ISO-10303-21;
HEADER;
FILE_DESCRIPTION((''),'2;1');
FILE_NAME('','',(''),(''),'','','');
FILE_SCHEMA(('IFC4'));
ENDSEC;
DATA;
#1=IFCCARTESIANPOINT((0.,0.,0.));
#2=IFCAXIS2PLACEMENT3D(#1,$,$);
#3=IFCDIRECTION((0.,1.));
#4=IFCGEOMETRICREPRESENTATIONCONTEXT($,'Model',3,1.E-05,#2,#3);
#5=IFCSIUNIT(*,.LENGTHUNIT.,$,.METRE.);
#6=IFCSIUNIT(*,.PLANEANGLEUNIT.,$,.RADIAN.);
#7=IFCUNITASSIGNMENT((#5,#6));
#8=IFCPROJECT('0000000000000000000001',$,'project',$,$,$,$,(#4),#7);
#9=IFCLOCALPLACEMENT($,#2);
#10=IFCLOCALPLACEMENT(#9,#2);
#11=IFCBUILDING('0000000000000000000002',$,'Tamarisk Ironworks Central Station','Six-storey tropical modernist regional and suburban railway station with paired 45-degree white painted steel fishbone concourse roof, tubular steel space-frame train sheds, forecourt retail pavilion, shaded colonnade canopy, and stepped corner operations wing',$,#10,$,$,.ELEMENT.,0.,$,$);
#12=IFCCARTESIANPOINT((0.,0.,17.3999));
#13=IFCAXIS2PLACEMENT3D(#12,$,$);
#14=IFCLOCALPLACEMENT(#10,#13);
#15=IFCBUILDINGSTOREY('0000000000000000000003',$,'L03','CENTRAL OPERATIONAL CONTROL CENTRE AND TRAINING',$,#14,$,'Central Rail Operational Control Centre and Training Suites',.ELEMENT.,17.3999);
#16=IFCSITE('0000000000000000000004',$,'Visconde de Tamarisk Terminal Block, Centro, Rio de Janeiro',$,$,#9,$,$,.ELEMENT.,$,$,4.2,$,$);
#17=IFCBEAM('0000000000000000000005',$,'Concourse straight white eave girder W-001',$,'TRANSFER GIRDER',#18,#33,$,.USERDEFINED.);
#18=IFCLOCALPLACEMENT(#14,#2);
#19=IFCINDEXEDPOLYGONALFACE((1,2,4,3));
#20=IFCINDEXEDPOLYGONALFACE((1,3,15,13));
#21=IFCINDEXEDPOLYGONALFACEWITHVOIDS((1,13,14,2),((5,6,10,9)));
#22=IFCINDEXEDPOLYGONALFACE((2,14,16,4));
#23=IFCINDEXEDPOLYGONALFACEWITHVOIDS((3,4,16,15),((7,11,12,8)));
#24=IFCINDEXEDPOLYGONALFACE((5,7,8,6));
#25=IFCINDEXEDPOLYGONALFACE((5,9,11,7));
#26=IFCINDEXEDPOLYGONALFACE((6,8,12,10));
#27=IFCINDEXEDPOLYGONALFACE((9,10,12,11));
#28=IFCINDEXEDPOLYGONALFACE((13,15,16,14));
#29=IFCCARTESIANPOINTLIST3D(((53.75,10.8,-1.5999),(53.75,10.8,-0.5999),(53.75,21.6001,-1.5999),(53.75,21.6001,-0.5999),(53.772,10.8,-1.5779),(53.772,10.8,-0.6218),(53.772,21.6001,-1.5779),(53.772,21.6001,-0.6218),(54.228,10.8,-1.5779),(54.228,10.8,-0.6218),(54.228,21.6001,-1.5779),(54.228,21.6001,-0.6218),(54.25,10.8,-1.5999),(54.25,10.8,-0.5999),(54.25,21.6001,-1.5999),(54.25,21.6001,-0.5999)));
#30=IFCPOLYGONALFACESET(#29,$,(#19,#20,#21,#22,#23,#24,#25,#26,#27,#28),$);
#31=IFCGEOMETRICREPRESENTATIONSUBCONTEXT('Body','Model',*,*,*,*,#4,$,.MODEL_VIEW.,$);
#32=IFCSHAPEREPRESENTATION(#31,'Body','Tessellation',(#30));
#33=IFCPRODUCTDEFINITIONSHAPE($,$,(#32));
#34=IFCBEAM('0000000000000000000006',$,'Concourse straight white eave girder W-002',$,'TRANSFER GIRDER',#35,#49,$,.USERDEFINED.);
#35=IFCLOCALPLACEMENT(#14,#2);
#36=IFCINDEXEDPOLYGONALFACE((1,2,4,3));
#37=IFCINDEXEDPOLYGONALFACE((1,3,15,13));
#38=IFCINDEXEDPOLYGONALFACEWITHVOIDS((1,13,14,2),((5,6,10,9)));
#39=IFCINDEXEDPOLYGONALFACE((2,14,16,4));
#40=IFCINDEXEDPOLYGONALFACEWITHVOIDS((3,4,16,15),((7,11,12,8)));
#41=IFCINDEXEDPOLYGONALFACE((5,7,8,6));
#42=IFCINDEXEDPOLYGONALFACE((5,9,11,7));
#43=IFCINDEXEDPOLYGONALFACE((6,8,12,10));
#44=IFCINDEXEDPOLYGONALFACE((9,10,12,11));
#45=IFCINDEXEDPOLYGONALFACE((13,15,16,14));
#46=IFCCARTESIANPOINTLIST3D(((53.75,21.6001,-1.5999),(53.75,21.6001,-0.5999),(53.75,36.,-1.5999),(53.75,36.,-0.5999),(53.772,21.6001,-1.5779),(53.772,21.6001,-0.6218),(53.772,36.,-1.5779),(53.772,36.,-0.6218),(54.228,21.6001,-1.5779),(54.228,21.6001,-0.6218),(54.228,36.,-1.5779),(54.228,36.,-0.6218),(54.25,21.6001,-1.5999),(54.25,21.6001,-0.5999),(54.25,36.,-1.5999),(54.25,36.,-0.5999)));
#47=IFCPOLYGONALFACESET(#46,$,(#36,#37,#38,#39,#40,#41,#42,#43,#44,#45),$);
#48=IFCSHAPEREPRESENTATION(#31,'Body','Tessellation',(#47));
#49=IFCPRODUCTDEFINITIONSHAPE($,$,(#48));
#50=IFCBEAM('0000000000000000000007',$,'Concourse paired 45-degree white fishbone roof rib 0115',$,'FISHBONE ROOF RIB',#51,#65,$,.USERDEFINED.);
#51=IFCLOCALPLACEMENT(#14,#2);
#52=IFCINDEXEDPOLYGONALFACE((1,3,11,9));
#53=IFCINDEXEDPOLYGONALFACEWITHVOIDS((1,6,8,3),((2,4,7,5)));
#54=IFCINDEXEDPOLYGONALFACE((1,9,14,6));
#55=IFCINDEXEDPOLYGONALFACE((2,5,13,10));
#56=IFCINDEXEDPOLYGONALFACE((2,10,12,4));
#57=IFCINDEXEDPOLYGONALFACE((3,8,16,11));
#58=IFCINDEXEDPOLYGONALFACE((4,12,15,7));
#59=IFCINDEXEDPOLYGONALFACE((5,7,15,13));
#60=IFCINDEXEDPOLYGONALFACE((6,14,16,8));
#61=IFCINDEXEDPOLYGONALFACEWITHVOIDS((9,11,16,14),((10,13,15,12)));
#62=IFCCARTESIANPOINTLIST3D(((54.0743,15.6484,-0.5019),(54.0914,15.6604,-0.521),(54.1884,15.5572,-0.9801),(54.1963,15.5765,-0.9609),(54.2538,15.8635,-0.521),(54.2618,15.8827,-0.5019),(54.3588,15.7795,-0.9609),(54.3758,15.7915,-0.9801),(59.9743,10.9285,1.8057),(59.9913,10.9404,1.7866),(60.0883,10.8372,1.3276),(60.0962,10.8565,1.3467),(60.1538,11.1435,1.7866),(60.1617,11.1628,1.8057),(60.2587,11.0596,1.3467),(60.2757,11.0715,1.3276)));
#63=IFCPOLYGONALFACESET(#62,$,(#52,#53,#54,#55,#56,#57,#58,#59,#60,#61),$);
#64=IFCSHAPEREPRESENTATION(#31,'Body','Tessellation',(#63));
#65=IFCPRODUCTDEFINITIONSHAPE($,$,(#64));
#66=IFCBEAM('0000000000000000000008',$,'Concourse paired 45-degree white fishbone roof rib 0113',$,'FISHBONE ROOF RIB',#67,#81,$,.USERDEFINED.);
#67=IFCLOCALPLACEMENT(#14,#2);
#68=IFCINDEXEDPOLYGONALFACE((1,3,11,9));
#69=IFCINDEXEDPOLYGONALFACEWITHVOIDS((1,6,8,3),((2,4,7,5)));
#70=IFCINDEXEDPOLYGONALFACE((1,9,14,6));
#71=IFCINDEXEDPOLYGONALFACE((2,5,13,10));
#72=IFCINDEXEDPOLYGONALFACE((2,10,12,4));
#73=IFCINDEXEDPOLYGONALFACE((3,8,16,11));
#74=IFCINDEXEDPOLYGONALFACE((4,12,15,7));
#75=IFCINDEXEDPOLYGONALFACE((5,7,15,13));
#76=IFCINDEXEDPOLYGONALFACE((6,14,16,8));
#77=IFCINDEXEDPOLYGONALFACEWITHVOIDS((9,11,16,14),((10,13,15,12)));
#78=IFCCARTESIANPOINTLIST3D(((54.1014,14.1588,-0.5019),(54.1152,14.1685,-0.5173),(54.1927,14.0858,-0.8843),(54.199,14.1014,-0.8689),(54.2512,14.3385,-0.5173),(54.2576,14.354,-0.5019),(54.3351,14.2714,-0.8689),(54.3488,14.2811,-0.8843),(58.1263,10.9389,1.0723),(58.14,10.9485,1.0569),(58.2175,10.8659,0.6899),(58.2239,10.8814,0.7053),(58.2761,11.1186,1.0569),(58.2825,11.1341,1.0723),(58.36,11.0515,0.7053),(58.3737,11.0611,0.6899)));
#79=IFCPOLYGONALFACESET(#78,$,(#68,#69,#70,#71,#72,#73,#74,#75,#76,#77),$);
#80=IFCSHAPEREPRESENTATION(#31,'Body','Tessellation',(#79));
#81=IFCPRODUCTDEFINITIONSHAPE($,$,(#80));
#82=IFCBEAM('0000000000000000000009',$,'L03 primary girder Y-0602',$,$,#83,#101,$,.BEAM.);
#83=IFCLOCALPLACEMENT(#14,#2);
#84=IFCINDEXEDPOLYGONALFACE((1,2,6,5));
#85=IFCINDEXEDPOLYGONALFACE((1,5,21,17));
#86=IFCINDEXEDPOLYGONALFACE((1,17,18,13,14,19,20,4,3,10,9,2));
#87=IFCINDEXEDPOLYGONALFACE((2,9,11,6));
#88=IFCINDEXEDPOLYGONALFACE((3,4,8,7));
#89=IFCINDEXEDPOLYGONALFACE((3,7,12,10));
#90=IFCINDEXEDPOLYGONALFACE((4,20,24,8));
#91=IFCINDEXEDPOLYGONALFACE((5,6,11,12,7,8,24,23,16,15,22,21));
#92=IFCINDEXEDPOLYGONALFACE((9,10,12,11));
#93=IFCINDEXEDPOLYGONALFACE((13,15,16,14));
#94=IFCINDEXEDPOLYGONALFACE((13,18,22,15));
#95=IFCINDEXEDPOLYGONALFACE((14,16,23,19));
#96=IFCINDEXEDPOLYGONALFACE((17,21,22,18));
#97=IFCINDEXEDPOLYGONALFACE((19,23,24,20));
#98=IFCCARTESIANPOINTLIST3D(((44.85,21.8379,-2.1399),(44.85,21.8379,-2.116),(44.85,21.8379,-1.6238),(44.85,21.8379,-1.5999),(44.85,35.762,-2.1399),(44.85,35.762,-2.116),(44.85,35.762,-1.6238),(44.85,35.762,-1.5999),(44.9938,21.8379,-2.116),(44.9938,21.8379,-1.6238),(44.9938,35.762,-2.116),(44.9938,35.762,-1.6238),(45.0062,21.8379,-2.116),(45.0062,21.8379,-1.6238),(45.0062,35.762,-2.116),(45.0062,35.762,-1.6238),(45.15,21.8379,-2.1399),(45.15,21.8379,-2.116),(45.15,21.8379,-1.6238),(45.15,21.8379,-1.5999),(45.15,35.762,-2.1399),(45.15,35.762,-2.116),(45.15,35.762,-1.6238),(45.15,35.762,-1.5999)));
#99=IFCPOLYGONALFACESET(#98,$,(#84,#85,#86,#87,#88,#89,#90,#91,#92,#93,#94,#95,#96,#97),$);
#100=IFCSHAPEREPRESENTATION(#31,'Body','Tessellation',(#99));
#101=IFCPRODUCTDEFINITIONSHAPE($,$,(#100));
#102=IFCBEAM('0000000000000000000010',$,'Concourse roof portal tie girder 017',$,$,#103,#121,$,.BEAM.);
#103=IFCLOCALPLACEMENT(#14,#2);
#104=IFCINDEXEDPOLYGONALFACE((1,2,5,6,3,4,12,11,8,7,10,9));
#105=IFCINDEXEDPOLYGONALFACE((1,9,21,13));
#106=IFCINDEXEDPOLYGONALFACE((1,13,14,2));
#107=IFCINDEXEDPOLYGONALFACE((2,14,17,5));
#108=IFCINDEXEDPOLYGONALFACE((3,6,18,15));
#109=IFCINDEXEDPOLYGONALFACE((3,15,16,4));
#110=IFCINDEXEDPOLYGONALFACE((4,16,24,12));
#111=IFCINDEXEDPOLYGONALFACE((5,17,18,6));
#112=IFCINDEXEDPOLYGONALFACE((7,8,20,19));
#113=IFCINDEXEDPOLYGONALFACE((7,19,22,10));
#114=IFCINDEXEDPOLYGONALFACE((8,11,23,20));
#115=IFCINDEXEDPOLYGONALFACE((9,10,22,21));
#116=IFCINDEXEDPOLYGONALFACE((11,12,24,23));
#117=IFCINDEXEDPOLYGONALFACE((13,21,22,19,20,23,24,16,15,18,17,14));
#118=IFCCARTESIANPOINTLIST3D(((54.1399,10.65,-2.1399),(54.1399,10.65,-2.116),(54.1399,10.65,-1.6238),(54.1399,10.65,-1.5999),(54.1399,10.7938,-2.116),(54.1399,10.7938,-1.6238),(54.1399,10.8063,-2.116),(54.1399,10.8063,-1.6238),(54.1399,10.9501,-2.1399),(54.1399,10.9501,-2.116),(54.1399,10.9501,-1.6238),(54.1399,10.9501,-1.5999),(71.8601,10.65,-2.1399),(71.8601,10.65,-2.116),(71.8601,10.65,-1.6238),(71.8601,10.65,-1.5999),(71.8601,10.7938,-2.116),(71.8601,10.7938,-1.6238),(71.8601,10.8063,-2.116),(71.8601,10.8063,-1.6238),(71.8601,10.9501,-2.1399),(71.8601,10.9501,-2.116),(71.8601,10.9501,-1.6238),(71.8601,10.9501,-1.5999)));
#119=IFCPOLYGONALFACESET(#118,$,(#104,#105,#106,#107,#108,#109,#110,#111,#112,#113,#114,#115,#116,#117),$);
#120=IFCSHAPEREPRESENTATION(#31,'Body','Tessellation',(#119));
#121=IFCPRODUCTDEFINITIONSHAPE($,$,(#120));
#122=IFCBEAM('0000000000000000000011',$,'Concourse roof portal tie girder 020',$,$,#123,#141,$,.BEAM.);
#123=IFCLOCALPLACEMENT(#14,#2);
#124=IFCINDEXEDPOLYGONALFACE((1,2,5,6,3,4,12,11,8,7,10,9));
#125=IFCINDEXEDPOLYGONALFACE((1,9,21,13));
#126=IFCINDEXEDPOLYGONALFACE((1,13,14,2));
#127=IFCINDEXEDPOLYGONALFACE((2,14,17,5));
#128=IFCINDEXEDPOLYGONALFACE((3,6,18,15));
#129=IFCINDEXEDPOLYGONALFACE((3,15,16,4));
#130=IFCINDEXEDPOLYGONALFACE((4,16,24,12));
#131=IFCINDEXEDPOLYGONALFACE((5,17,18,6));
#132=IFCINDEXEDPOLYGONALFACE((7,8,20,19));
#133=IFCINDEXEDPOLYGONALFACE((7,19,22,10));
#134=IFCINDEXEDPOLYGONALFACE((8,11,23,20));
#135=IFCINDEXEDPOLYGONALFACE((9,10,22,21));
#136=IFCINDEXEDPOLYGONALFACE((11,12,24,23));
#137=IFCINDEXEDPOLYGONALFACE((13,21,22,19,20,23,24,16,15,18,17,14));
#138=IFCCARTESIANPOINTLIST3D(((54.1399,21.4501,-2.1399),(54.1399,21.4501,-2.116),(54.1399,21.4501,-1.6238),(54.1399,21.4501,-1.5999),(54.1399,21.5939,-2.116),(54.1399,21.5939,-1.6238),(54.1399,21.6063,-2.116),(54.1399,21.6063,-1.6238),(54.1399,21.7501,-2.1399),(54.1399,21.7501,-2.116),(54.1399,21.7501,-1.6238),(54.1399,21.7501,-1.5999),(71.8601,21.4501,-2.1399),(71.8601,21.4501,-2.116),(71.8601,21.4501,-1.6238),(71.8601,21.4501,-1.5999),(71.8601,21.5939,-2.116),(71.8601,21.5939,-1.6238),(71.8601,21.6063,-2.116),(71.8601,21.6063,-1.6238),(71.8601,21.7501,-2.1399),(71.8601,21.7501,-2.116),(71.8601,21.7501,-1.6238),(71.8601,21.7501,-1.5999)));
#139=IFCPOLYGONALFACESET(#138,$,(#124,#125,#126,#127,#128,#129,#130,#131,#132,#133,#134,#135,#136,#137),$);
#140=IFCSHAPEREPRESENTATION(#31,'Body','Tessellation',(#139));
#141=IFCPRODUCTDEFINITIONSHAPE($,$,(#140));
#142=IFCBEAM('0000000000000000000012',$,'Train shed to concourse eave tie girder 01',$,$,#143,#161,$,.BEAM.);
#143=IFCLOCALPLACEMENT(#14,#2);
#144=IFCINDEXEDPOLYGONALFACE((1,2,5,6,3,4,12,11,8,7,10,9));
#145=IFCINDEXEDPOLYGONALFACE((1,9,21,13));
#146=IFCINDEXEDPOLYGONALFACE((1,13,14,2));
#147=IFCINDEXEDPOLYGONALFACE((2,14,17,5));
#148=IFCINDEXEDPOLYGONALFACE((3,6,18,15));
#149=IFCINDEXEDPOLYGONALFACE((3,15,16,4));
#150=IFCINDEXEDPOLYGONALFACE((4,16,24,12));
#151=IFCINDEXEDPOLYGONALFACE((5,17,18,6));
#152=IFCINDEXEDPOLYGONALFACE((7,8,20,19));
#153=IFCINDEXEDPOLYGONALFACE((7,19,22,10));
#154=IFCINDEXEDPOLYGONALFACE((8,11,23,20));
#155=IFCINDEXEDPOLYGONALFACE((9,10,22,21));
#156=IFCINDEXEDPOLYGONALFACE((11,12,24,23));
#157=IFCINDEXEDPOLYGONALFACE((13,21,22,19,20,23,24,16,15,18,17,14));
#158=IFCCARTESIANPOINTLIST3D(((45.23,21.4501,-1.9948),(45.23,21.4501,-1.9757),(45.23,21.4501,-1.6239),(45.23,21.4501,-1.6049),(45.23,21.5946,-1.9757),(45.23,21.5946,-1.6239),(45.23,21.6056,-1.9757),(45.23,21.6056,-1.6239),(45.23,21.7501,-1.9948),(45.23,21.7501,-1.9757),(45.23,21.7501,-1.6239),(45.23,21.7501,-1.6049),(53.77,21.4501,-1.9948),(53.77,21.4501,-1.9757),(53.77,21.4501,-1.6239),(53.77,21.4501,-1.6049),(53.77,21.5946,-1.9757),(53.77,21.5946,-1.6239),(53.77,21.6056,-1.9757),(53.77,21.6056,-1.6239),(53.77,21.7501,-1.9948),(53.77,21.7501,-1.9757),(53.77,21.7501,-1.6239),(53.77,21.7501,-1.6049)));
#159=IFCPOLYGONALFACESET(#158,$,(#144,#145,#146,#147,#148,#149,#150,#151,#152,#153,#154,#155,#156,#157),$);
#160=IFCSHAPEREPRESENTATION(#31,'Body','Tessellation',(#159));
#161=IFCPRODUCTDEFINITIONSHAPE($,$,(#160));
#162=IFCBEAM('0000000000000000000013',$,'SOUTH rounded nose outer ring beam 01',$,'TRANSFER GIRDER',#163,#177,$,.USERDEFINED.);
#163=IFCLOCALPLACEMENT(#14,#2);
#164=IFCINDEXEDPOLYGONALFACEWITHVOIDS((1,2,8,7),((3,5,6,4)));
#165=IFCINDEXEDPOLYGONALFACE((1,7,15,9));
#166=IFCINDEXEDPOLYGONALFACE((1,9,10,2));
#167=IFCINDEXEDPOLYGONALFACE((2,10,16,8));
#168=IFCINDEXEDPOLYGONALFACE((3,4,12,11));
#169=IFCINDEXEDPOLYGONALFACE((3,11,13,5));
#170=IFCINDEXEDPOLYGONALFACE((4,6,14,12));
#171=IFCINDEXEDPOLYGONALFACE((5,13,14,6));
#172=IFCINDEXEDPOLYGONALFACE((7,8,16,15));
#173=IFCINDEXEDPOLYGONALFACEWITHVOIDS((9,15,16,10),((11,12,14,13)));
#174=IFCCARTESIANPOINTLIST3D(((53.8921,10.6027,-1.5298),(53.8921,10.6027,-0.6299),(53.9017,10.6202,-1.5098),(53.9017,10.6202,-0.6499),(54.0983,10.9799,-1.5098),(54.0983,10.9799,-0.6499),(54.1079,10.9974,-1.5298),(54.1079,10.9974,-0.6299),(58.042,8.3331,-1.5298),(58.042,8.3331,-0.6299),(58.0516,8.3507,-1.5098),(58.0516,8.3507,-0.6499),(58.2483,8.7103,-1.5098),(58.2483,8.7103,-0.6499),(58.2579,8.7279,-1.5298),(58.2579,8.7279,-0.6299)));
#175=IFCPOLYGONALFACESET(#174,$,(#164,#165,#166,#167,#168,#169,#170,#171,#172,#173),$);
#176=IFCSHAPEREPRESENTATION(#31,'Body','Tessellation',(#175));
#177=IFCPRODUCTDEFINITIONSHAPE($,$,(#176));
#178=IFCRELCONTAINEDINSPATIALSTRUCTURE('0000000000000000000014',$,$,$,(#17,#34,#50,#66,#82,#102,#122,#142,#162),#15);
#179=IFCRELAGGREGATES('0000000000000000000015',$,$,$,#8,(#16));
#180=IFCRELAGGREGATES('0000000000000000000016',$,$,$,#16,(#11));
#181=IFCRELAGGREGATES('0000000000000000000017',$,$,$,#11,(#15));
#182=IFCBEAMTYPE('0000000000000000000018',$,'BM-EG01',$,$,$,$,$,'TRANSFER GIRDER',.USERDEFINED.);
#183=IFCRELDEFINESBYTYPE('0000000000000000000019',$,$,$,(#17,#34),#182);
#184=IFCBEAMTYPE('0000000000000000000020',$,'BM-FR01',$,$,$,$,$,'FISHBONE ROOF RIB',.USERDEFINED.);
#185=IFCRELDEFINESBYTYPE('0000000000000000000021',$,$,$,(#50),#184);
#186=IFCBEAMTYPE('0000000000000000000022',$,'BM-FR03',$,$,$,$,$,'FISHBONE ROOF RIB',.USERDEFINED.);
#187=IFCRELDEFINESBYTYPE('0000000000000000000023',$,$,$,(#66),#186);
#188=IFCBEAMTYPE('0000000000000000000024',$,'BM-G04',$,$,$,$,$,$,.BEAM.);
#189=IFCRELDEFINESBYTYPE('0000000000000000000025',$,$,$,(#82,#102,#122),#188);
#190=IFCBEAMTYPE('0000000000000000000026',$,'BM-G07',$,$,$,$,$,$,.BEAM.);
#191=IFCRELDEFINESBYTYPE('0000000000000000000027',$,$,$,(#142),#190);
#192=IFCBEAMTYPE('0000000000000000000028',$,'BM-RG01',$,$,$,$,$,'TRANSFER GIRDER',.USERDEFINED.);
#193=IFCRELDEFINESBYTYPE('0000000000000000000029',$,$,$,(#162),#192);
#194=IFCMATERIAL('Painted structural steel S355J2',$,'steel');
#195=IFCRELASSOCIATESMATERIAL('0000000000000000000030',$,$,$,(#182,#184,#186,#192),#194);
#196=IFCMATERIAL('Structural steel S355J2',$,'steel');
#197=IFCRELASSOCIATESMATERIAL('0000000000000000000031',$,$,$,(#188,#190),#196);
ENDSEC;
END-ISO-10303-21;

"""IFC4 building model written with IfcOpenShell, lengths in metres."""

from ifc_helpers import new_model, si_unit, direction, frame, origin, origin_2d, place, context, subcontext, project, spatial, hollow_rectangle, i_section, extrude, material, material_profile, profile_set, type_object, element, save


model = new_model("IFC4")

# Units and contexts
model_context = context("Model", 3, precision=1e-05, world=origin(), true_north=direction((0.0, 1.0)))
body_context = subcontext(model_context, "Body", "Model", "MODEL_VIEW")
ifc_project = project(units=[si_unit("LENGTHUNIT", "METRE"), si_unit("PLANEANGLEUNIT", "RADIAN")], contexts=[model_context])

# Site, building, storey
site_placement = place(None, origin())
site = spatial("IfcSite", under=ifc_project, at=site_placement, Name="Visconde de Tamarisk Terminal Block, Centro, Rio de Janeiro", CompositionType="ELEMENT", RefElevation=4.2)
building_placement = place(site_placement, origin())
building = spatial("IfcBuilding", under=site, at=building_placement, Name="Tamarisk Ironworks Central Station", Description="Six-storey tropical modernist regional and suburban railway station with paired 45-degree white painted steel fishbone concourse roof, tubular steel space-frame train sheds, forecourt retail pavilion, shaded colonnade canopy, and stepped corner operations wing", CompositionType="ELEMENT", ElevationOfRefHeight=0.0)
storey_placement = place(building_placement, frame((0.0, 0.0, 17.3999)))
storey = spatial("IfcBuildingStorey", under=building, at=storey_placement, Name="L03", Description="CENTRAL OPERATIONAL CONTROL CENTRE AND TRAINING", LongName="Central Rail Operational Control Centre and Training Suites", CompositionType="ELEMENT", Elevation=17.3999)

# Beams
ifc_material_1 = material(Name="Painted structural steel S355J2", Category="steel")
ifc_material_profile_1 = material_profile(ifc_material_1, hollow_rectangle(XDim=0.5, YDim=1.0, WallThickness=0.022, at=origin_2d()), Name="BOX 500x1000x22")
ifc_profile_set_1 = profile_set([ifc_material_profile_1], Name="Painted structural steel S355J2")
beam_type_1 = type_object("IfcBeamType", Name="BM-EG01", ElementType="TRANSFER GIRDER", PredefinedType="USERDEFINED", material=ifc_profile_set_1)
beam_1_placement = place(storey_placement, frame((54.0, 10.8, -1.0999), z_axis=(0.0, 1.0, 0.0), x_axis=(-1.0, 0.0, 0.0)))
element("IfcBeam", 1, at=beam_1_placement, inside=storey, type_object=beam_type_1, Name="Concourse straight white eave girder W-001", ObjectType="TRANSFER GIRDER", PredefinedType="USERDEFINED", context=body_context, shape_type="SweptSolid", body=[
    extrude(hollow_rectangle(XDim=0.5, YDim=1.0, WallThickness=0.022, at=origin_2d()), origin(), (0.0, 0.0, 1.0), 10.8),
])
beam_2_placement = place(storey_placement, frame((54.0, 21.6001, -1.0999), z_axis=(0.0, 1.0, 0.0), x_axis=(-1.0, 0.0, 0.0)))
element("IfcBeam", 2, at=beam_2_placement, inside=storey, type_object=beam_type_1, Name="Concourse straight white eave girder W-002", ObjectType="TRANSFER GIRDER", PredefinedType="USERDEFINED", context=body_context, shape_type="SweptSolid", body=[
    extrude(hollow_rectangle(XDim=0.5, YDim=1.0, WallThickness=0.022, at=origin_2d()), origin(), (0.0, 0.0, 1.0), 14.3999),
])
ifc_material_profile_2 = material_profile(ifc_material_1, hollow_rectangle(XDim=0.3, YDim=0.5, WallThickness=0.02, at=origin_2d()), Name="RHS 500x300x20")
ifc_profile_set_2 = profile_set([ifc_material_profile_2], Name="Painted structural steel S355J2")
beam_type_2 = type_object("IfcBeamType", Name="BM-FR01", ElementType="FISHBONE ROOF RIB", PredefinedType="USERDEFINED", material=ifc_profile_set_2)
beam_3_placement = place(storey_placement, frame((60.125, 11.0, 1.5667), z_axis=(-0.746811, 0.597455, -0.292099), x_axis=(-0.624699, -0.780866, 0.0)))
element("IfcBeam", 3, at=beam_3_placement, inside=storey, type_object=beam_type_2, Name="Concourse paired 45-degree white fishbone roof rib 0115", ObjectType="FISHBONE ROOF RIB", PredefinedType="USERDEFINED", context=body_context, shape_type="SweptSolid", body=[
    extrude(hollow_rectangle(XDim=0.3, YDim=0.5, WallThickness=0.02, at=origin_2d()), origin(), (0.0, 0.0, 1.0), 7.9001),
])
ifc_material_profile_3 = material_profile(ifc_material_1, hollow_rectangle(XDim=0.25, YDim=0.3999, WallThickness=0.0161, at=origin_2d()), Name="RHS 400x250x16")
ifc_profile_set_3 = profile_set([ifc_material_profile_3], Name="Painted structural steel S355J2")
beam_type_3 = type_object("IfcBeamType", Name="BM-FR03", ElementType="FISHBONE ROOF RIB", PredefinedType="USERDEFINED", material=ifc_profile_set_3)
beam_4_placement = place(storey_placement, frame((58.25, 11.0, 0.8811), z_axis=(-0.746811, 0.597458, -0.292092), x_axis=(-0.624701, -0.780864, 0.0)))
element("IfcBeam", 4, at=beam_4_placement, inside=storey, type_object=beam_type_3, Name="Concourse paired 45-degree white fishbone roof rib 0113", ObjectType="FISHBONE ROOF RIB", PredefinedType="USERDEFINED", context=body_context, shape_type="SweptSolid", body=[
    extrude(hollow_rectangle(XDim=0.25, YDim=0.3999, WallThickness=0.0161, at=origin_2d()), origin(), (0.0, 0.0, 1.0), 5.3894),
])
ifc_material_2 = material(Name="Structural steel S355J2", Category="steel")
ifc_material_profile_4 = material_profile(ifc_material_2, i_section(OverallWidth=0.3, OverallDepth=0.54, WebThickness=0.0125, FlangeThickness=0.0239, at=origin_2d()), Name="HEA 550")
ifc_profile_set_4 = profile_set([ifc_material_profile_4], Name="Structural steel S355J2")
beam_type_4 = type_object("IfcBeamType", Name="BM-G04", PredefinedType="BEAM", material=ifc_profile_set_4)
beam_5_placement = place(storey_placement, frame((45.0, 21.8379, -1.8699), z_axis=(0.0, 1.0, 0.0), x_axis=(-1.0, 0.0, 0.0)))
element("IfcBeam", 5, at=beam_5_placement, inside=storey, type_object=beam_type_4, Name="L03 primary girder Y-0602", PredefinedType="BEAM", context=body_context, shape_type="SweptSolid", body=[
    extrude(i_section(OverallWidth=0.3, OverallDepth=0.54, WebThickness=0.0125, FlangeThickness=0.0239, at=origin_2d()), origin(), (0.0, 0.0, 1.0), 13.9241),
])
for number, where, z_axis, x_axis, name in (
    (6, (54.1399, 10.8, -1.8699), (1.0, 0.0, 0.0), (0.0, 1.0, 0.0), "Concourse roof portal tie girder 017"),
    (7, (54.1399, 21.6001, -1.8699), (1.0, 0.0, 0.0), (0.0, 1.0, 0.0), "Concourse roof portal tie girder 020"),
):
    element("IfcBeam", number, at=place(storey_placement, frame(where, z_axis=z_axis, x_axis=x_axis)), inside=storey, type_object=beam_type_4, Name=name, PredefinedType="BEAM", context=body_context, shape_type="SweptSolid", body=[
        extrude(i_section(OverallWidth=0.3, OverallDepth=0.54, WebThickness=0.0125, FlangeThickness=0.0239, at=origin_2d()), origin(), (0.0, 0.0, 1.0), 17.7202),
    ])
ifc_material_profile_5 = material_profile(ifc_material_2, i_section(OverallWidth=0.3, OverallDepth=0.3899, WebThickness=0.011, FlangeThickness=0.019, at=origin_2d()), Name="HEA 400")
ifc_profile_set_5 = profile_set([ifc_material_profile_5], Name="Structural steel S355J2")
beam_type_5 = type_object("IfcBeamType", Name="BM-G07", PredefinedType="BEAM", material=ifc_profile_set_5)
beam_6_placement = place(storey_placement, frame((45.23, 21.6001, -1.7998), z_axis=(1.0, 0.0, 0.0), x_axis=(0.0, 1.0, 0.0)))
element("IfcBeam", 8, at=beam_6_placement, inside=storey, type_object=beam_type_5, Name="Train shed to concourse eave tie girder 01", PredefinedType="BEAM", context=body_context, shape_type="SweptSolid", body=[
    extrude(i_section(OverallWidth=0.3, OverallDepth=0.3899, WebThickness=0.011, FlangeThickness=0.019, at=origin_2d()), origin(), (0.0, 0.0, 1.0), 8.54),
])
ifc_material_profile_6 = material_profile(ifc_material_1, hollow_rectangle(XDim=0.45, YDim=0.8999, WallThickness=0.02, at=origin_2d()), Name="BOX 450x900x20")
ifc_profile_set_6 = profile_set([ifc_material_profile_6], Name="Painted structural steel S355J2")
beam_type_6 = type_object("IfcBeamType", Name="BM-RG01", ElementType="TRANSFER GIRDER", PredefinedType="USERDEFINED", material=ifc_profile_set_6)
for number, where, z_axis, x_axis, name in (
    (9, (54.0, 10.8, -1.0798), (0.877366, -0.479821, 0.0), (0.479821, 0.877366, 0.0), "SOUTH rounded nose outer ring beam 01"),
):
    element("IfcBeam", number, at=place(storey_placement, frame(where, z_axis=z_axis, x_axis=x_axis)), inside=storey, type_object=beam_type_6, Name=name, ObjectType="TRANSFER GIRDER", PredefinedType="USERDEFINED", context=body_context, shape_type="SweptSolid", body=[
        extrude(hollow_rectangle(XDim=0.45, YDim=0.8999, WallThickness=0.02, at=origin_2d()), origin(), (0.0, 0.0, 1.0), 4.73),
    ])

save(model, "model.ifc")
